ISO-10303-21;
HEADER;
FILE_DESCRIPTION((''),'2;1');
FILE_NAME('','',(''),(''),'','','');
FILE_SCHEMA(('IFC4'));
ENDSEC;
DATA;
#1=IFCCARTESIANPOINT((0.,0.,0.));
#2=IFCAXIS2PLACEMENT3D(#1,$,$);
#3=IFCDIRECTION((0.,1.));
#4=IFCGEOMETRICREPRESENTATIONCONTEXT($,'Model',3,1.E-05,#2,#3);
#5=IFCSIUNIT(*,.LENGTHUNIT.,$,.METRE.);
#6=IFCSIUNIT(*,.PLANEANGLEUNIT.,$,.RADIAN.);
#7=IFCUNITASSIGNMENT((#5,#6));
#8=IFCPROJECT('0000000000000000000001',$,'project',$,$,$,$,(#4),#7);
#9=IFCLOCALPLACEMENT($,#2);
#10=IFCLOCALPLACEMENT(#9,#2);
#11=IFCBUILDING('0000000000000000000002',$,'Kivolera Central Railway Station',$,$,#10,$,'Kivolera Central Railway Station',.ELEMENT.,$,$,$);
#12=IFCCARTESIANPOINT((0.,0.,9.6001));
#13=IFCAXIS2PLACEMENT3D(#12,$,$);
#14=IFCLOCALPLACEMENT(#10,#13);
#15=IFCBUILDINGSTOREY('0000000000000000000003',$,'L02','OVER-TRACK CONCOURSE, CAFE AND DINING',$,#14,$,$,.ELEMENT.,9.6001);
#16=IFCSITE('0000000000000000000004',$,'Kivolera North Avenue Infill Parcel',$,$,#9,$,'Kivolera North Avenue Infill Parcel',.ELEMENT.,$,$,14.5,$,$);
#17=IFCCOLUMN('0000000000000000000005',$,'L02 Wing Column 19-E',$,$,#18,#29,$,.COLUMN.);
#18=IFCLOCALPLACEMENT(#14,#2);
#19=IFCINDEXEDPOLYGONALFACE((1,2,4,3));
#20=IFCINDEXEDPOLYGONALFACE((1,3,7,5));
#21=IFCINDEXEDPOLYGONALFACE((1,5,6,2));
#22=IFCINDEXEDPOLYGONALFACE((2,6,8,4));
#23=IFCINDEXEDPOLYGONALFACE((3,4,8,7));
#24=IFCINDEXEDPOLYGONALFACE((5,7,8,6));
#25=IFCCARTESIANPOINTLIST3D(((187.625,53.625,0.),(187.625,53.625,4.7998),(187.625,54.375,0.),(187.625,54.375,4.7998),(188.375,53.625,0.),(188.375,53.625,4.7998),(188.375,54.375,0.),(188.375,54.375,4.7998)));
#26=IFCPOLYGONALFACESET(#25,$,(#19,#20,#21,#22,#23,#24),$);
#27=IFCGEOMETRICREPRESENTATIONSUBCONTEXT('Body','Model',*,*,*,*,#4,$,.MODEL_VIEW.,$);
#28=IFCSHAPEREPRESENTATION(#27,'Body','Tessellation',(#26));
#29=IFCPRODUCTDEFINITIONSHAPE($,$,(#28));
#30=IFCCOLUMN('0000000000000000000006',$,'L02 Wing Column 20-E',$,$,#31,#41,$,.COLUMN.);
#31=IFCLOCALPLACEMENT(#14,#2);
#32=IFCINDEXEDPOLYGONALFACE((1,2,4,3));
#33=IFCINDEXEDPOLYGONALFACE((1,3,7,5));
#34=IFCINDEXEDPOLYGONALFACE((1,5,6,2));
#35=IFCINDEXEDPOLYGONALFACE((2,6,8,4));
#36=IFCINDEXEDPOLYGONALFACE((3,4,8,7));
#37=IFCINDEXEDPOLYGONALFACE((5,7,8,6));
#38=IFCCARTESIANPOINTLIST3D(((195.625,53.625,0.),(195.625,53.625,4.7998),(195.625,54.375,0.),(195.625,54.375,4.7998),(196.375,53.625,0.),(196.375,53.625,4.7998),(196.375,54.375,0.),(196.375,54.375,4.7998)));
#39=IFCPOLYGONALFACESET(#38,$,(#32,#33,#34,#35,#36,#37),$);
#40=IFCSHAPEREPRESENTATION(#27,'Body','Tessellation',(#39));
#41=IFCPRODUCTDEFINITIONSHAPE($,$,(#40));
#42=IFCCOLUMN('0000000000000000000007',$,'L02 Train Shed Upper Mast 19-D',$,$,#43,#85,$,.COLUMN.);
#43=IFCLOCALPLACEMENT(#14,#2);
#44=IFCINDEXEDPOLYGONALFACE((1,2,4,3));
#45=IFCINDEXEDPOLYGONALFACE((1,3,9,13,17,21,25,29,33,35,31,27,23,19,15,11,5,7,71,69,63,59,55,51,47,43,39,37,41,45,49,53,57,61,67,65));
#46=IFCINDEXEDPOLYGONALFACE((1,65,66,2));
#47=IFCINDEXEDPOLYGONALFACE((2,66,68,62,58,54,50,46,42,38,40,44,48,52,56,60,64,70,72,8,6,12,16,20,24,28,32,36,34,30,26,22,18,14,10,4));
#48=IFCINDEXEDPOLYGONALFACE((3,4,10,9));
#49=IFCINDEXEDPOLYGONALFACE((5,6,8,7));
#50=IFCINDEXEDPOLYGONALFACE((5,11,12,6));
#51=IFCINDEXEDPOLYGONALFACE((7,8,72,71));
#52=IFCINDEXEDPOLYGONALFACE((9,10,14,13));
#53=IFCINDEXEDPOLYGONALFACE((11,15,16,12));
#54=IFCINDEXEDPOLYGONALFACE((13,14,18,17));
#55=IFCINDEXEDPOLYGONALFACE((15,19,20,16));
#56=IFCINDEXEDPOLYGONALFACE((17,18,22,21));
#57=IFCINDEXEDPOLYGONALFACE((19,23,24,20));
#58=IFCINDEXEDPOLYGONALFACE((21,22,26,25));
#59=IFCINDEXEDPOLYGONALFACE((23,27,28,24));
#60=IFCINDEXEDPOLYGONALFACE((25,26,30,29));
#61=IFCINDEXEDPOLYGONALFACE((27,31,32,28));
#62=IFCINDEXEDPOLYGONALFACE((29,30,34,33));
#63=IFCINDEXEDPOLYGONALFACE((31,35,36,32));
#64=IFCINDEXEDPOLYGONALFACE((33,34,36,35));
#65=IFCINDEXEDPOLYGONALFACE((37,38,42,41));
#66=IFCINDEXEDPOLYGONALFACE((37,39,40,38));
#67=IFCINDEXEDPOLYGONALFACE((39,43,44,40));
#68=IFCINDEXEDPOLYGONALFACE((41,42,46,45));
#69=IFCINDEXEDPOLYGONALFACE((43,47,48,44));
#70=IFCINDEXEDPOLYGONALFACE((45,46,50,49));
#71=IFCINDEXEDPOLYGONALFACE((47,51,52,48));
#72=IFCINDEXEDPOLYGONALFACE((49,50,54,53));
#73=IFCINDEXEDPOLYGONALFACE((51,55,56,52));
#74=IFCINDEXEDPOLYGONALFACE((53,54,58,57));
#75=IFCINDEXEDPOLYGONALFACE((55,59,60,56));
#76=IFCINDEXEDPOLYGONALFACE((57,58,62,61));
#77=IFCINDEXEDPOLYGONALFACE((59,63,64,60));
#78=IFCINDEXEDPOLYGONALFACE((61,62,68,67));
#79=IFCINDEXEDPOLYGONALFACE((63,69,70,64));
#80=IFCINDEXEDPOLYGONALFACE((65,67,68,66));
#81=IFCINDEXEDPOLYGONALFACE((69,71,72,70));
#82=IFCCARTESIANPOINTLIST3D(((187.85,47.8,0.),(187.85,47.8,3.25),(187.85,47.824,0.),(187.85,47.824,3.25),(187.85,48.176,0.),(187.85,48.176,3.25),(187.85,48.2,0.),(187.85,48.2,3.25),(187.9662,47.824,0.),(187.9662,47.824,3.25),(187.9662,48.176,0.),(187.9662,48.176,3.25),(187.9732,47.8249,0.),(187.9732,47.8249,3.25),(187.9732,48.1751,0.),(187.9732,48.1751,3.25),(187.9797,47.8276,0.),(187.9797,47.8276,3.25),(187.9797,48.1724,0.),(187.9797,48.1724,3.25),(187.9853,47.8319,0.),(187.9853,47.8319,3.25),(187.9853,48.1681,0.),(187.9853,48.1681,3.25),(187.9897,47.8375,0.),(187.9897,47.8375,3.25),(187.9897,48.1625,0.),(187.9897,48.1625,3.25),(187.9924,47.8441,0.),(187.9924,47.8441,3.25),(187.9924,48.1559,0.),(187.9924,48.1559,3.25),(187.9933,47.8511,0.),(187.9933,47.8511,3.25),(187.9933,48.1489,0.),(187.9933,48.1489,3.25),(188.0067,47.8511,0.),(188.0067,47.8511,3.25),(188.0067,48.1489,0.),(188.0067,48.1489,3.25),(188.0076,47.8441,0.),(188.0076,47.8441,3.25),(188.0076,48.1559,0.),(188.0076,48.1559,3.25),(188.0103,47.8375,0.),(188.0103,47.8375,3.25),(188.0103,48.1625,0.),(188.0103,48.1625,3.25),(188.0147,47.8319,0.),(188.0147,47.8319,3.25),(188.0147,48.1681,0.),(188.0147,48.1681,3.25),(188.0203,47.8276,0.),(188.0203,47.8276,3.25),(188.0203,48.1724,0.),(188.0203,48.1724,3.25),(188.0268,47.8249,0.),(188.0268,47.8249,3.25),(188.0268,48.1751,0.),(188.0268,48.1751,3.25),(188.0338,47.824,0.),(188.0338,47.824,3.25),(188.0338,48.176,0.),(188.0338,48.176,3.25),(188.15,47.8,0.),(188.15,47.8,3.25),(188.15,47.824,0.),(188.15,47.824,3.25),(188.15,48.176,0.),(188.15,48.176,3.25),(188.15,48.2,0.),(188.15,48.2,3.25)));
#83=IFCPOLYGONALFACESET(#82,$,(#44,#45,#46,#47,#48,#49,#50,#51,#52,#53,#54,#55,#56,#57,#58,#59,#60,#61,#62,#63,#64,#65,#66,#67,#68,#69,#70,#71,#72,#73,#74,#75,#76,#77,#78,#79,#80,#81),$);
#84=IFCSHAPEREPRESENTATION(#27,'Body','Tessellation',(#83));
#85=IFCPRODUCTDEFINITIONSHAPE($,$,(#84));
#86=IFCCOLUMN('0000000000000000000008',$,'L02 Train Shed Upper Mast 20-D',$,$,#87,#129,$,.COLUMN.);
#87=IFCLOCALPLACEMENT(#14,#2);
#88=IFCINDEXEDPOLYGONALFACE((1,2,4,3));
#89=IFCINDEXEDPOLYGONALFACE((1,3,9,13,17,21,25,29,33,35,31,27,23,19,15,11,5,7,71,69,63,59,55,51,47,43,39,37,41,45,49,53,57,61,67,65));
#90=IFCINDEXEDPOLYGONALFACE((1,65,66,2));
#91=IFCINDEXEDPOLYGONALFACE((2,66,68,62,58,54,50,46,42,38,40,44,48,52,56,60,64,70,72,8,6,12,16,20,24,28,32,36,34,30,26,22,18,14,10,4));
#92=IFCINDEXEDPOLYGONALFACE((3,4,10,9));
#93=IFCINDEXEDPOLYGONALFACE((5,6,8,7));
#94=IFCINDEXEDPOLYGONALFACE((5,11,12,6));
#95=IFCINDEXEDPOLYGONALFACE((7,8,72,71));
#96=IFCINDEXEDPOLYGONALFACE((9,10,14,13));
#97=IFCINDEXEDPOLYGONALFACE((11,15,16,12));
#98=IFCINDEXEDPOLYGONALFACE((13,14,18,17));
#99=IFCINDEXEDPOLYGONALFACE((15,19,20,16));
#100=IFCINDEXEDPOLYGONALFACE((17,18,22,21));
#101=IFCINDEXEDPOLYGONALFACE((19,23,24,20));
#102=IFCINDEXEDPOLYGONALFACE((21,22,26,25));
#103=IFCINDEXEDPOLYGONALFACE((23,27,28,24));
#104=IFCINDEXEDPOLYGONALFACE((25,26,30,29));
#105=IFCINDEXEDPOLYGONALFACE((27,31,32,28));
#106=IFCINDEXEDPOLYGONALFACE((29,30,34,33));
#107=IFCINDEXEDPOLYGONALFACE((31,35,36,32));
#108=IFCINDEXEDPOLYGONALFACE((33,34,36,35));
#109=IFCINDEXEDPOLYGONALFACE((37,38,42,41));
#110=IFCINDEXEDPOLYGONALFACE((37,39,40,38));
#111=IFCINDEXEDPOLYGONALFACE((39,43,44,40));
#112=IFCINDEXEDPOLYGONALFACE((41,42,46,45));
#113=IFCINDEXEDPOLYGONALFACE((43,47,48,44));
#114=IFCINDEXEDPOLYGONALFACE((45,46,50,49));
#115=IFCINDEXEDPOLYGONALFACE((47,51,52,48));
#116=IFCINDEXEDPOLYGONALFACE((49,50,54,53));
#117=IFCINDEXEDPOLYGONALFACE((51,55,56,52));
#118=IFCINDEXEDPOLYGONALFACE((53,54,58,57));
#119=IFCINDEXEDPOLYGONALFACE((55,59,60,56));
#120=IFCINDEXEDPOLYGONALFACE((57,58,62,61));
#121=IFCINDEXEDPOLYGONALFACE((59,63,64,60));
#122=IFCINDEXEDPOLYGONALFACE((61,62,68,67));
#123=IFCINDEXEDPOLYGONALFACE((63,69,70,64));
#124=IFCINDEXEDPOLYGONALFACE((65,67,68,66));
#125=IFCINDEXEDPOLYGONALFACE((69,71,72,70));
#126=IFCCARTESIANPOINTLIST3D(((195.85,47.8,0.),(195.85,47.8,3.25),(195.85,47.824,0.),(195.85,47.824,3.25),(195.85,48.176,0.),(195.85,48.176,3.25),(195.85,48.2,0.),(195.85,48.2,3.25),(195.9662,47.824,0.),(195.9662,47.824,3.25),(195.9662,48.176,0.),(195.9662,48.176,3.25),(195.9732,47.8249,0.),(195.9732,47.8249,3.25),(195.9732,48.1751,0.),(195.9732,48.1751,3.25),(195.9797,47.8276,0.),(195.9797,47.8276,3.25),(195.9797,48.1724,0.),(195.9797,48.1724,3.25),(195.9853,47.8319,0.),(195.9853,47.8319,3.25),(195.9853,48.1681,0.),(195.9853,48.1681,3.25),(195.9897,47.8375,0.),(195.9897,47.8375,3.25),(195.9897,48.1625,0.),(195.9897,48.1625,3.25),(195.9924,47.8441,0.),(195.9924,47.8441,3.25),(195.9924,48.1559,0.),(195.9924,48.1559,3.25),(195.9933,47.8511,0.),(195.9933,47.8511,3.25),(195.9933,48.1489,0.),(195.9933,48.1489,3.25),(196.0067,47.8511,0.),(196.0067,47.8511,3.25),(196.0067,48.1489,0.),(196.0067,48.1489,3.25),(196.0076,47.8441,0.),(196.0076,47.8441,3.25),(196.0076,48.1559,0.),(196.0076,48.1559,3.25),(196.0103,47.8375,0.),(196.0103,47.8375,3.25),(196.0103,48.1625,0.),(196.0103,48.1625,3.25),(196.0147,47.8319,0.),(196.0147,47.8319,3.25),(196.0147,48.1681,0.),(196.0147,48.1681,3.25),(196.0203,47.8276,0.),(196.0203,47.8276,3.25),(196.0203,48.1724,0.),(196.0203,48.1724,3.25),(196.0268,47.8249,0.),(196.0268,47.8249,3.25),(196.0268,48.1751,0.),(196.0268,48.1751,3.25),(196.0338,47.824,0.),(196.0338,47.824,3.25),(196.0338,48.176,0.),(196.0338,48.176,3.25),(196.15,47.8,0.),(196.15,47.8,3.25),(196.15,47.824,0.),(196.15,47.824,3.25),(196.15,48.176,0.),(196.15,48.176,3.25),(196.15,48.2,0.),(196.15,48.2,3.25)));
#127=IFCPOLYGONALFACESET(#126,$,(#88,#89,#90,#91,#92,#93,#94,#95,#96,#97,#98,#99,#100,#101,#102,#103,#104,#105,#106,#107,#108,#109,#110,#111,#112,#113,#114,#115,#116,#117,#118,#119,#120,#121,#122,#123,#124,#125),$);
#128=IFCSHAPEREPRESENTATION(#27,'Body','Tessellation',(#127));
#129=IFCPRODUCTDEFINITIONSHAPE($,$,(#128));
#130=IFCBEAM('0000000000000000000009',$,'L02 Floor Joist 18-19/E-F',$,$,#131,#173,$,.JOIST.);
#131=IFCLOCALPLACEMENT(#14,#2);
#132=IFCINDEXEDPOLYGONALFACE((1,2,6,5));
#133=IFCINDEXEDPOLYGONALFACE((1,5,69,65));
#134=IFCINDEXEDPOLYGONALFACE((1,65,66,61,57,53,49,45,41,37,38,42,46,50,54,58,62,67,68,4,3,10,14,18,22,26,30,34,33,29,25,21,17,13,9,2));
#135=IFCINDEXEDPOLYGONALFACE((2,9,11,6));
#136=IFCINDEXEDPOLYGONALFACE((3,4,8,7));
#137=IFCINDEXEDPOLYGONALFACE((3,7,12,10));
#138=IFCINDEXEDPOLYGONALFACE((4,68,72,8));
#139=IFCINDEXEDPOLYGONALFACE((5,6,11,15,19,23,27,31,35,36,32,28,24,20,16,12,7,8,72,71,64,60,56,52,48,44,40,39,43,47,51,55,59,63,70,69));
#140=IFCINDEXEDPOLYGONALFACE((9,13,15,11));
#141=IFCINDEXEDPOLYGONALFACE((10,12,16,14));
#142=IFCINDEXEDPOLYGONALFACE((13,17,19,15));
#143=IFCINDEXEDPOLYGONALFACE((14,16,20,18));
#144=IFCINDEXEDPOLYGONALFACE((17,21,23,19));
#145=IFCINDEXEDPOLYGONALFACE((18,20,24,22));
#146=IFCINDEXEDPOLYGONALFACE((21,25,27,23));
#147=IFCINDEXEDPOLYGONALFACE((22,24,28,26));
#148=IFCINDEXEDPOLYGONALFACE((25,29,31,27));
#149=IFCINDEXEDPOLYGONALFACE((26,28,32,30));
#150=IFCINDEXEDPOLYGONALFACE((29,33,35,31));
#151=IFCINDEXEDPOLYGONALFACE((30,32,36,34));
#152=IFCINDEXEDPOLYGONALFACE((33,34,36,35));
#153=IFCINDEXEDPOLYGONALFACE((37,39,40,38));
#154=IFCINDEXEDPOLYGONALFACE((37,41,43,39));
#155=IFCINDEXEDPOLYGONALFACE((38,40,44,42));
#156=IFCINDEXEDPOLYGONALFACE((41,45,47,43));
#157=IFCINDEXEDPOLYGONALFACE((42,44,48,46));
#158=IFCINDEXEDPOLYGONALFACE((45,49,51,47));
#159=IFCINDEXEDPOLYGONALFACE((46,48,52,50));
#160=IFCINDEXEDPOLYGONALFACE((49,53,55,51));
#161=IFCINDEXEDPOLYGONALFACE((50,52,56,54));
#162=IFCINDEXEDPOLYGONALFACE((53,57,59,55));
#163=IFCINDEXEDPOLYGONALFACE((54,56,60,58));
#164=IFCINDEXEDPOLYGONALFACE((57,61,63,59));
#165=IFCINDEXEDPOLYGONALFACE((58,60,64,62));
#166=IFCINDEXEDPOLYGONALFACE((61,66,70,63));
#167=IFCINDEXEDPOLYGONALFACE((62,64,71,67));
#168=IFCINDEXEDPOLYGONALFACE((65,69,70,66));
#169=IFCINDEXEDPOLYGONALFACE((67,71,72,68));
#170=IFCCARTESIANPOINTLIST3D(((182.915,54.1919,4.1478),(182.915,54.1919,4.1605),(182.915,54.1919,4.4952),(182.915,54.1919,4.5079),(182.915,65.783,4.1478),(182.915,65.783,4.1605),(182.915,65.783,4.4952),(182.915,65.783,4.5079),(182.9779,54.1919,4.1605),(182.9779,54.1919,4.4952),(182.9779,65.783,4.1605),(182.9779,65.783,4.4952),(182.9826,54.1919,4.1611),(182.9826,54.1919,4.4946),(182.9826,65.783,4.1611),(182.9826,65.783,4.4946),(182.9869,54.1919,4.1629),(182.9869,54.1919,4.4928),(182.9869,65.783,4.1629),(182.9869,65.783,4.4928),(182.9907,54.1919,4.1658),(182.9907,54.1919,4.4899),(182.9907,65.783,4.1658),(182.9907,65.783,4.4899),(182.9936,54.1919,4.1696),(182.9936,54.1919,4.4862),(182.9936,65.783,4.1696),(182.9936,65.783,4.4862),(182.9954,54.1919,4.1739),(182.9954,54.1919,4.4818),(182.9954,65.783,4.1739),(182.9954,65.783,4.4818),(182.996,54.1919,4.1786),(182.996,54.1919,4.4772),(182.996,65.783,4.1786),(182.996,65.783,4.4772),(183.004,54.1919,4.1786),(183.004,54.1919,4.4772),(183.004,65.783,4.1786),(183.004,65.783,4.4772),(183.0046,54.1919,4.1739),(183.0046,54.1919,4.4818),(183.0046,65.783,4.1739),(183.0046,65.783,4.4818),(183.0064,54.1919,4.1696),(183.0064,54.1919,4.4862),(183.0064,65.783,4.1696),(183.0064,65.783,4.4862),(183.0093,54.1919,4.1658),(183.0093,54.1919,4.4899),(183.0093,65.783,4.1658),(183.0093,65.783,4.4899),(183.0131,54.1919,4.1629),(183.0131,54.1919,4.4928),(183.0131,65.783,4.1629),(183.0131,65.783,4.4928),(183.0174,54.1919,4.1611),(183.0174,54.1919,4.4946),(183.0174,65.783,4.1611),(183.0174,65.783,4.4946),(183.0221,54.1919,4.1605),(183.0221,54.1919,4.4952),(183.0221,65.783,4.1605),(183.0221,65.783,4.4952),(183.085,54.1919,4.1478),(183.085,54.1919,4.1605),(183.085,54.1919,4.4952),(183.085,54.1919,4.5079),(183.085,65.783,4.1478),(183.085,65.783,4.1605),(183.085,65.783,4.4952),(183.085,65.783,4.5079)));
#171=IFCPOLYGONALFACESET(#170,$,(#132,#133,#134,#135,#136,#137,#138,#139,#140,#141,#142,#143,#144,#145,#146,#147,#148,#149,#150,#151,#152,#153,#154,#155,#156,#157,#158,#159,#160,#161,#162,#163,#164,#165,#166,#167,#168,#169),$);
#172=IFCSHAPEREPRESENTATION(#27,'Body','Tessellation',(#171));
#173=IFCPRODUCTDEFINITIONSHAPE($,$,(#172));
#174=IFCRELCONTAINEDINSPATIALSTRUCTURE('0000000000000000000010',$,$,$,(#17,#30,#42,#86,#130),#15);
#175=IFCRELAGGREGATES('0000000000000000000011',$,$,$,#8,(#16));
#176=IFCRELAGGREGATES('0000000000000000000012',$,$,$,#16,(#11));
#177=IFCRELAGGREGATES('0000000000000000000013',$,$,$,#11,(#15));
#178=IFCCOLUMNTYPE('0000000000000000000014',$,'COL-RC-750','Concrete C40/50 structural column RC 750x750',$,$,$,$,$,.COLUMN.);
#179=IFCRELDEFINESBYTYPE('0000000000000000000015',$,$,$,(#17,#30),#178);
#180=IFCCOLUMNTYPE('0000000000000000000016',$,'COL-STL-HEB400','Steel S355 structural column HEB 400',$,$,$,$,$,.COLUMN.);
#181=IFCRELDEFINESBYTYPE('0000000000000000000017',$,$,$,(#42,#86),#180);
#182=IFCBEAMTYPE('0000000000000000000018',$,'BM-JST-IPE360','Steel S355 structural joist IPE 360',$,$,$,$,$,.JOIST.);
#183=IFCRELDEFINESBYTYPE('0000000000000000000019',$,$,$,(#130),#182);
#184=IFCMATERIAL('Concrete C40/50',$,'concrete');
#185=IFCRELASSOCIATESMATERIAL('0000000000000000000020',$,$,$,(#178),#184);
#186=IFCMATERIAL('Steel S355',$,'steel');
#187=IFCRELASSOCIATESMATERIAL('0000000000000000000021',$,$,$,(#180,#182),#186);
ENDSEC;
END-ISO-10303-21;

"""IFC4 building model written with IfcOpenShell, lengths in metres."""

from ifc_helpers import new_model, si_unit, direction, frame, origin, origin_2d, place, context, subcontext, project, spatial, rectangle, i_section, extrude, material, material_profile, profile_set, type_object, element, save


model = new_model("IFC4")

# Units and contexts
model_context = context("Model", 3, precision=1e-05, world=origin(), true_north=direction((0.0, 1.0)))
body_context = subcontext(model_context, "Body", "Model", "MODEL_VIEW")
ifc_project = project(units=[si_unit("LENGTHUNIT", "METRE"), si_unit("PLANEANGLEUNIT", "RADIAN")], contexts=[model_context])

# Site, building, storey
site_placement = place(None, origin())
site = spatial("IfcSite", under=ifc_project, at=site_placement, Name="Kivolera North Avenue Infill Parcel", LongName="Kivolera North Avenue Infill Parcel", CompositionType="ELEMENT", RefElevation=14.5)
building_placement = place(site_placement, origin())
building = spatial("IfcBuilding", under=site, at=building_placement, Name="Kivolera Central Railway Station", LongName="Kivolera Central Railway Station", CompositionType="ELEMENT")
storey_placement = place(building_placement, frame((0.0, 0.0, 9.6001)))
storey = spatial("IfcBuildingStorey", under=building, at=storey_placement, Name="L02", Description="OVER-TRACK CONCOURSE, CAFE AND DINING", CompositionType="ELEMENT", Elevation=9.6001)

# Columns
ifc_material_1 = material(Name="Concrete C40/50", Category="concrete")
ifc_material_profile_1 = material_profile(ifc_material_1, rectangle(XDim=0.75, YDim=0.75, at=origin_2d()), Name="RC 750x750")
ifc_profile_set_1 = profile_set([ifc_material_profile_1], Name="Concrete C40/50")
column_type_1 = type_object("IfcColumnType", Name="COL-RC-750", Description="Concrete C40/50 structural column RC 750x750", PredefinedType="COLUMN", material=ifc_profile_set_1)
for number, where, z_axis, x_axis, name in (
    (1, (188.0, 54.0, 0.0), (0.0, 0.0, 1.0), (1.0, 0.0, 0.0), "L02 Wing Column 19-E"),
    (2, (196.0, 54.0, 0.0), (0.0, 0.0, 1.0), (1.0, 0.0, 0.0), "L02 Wing Column 20-E"),
):
    element("IfcColumn", number, at=place(storey_placement, frame(where, z_axis=z_axis, x_axis=x_axis)), inside=storey, type_object=column_type_1, Name=name, PredefinedType="COLUMN", context=body_context, shape_type="SweptSolid", body=[
        extrude(rectangle(XDim=0.75, YDim=0.75, at=origin_2d()), origin(), (0.0, 0.0, 1.0), 4.7998),
    ])
ifc_material_2 = material(Name="Steel S355", Category="steel")
ifc_material_profile_2 = material_profile(ifc_material_2, i_section(OverallWidth=0.3, OverallDepth=0.3999, WebThickness=0.0134, FlangeThickness=0.0239, FilletRadius=0.0271, at=origin_2d()), Name="HEB 400")
ifc_profile_set_2 = profile_set([ifc_material_profile_2], Name="Steel S355")
column_type_2 = type_object("IfcColumnType", Name="COL-STL-HEB400", Description="Steel S355 structural column HEB 400", PredefinedType="COLUMN", material=ifc_profile_set_2)
for number, where, z_axis, x_axis, name in (
    (3, (188.0, 48.0, 0.0), (0.0, 0.0, 1.0), (1.0, 0.0, 0.0), "L02 Train Shed Upper Mast 19-D"),
    (4, (196.0, 48.0, 0.0), (0.0, 0.0, 1.0), (1.0, 0.0, 0.0), "L02 Train Shed Upper Mast 20-D"),
):
    element("IfcColumn", number, at=place(storey_placement, frame(where, z_axis=z_axis, x_axis=x_axis)), inside=storey, type_object=column_type_2, Name=name, PredefinedType="COLUMN", context=body_context, shape_type="SweptSolid", body=[
        extrude(i_section(OverallWidth=0.3, OverallDepth=0.3999, WebThickness=0.0134, FlangeThickness=0.0239, FilletRadius=0.0271, at=origin_2d()), origin(), (0.0, 0.0, 1.0), 3.25),
    ])

# Beam
ifc_material_profile_3 = material_profile(ifc_material_2, i_section(OverallWidth=0.1699, OverallDepth=0.3601, WebThickness=0.0081, FlangeThickness=0.0127, FilletRadius=0.0181, at=origin_2d()), Name="IPE 360")
ifc_profile_set_3 = profile_set([ifc_material_profile_3], Name="Steel S355")
beam_type_1 = type_object("IfcBeamType", Name="BM-JST-IPE360", Description="Steel S355 structural joist IPE 360", PredefinedType="JOIST", material=ifc_profile_set_3)
for number, where, z_axis, x_axis, name in (
    (5, (183.0, 54.1919, 4.3279), (0.0, 1.0, 0.0), (-1.0, 0.0, 0.0), "L02 Floor Joist 18-19/E-F"),
):
    element("IfcBeam", number, at=place(storey_placement, frame(where, z_axis=z_axis, x_axis=x_axis)), inside=storey, type_object=beam_type_1, Name=name, PredefinedType="JOIST", context=body_context, shape_type="SweptSolid", body=[
        extrude(i_section(OverallWidth=0.1699, OverallDepth=0.3601, WebThickness=0.0081, FlangeThickness=0.0127, FilletRadius=0.0181, at=origin_2d()), origin(), (0.0, 0.0, 1.0), 11.5911),
    ])

save(model, "model.ifc")
